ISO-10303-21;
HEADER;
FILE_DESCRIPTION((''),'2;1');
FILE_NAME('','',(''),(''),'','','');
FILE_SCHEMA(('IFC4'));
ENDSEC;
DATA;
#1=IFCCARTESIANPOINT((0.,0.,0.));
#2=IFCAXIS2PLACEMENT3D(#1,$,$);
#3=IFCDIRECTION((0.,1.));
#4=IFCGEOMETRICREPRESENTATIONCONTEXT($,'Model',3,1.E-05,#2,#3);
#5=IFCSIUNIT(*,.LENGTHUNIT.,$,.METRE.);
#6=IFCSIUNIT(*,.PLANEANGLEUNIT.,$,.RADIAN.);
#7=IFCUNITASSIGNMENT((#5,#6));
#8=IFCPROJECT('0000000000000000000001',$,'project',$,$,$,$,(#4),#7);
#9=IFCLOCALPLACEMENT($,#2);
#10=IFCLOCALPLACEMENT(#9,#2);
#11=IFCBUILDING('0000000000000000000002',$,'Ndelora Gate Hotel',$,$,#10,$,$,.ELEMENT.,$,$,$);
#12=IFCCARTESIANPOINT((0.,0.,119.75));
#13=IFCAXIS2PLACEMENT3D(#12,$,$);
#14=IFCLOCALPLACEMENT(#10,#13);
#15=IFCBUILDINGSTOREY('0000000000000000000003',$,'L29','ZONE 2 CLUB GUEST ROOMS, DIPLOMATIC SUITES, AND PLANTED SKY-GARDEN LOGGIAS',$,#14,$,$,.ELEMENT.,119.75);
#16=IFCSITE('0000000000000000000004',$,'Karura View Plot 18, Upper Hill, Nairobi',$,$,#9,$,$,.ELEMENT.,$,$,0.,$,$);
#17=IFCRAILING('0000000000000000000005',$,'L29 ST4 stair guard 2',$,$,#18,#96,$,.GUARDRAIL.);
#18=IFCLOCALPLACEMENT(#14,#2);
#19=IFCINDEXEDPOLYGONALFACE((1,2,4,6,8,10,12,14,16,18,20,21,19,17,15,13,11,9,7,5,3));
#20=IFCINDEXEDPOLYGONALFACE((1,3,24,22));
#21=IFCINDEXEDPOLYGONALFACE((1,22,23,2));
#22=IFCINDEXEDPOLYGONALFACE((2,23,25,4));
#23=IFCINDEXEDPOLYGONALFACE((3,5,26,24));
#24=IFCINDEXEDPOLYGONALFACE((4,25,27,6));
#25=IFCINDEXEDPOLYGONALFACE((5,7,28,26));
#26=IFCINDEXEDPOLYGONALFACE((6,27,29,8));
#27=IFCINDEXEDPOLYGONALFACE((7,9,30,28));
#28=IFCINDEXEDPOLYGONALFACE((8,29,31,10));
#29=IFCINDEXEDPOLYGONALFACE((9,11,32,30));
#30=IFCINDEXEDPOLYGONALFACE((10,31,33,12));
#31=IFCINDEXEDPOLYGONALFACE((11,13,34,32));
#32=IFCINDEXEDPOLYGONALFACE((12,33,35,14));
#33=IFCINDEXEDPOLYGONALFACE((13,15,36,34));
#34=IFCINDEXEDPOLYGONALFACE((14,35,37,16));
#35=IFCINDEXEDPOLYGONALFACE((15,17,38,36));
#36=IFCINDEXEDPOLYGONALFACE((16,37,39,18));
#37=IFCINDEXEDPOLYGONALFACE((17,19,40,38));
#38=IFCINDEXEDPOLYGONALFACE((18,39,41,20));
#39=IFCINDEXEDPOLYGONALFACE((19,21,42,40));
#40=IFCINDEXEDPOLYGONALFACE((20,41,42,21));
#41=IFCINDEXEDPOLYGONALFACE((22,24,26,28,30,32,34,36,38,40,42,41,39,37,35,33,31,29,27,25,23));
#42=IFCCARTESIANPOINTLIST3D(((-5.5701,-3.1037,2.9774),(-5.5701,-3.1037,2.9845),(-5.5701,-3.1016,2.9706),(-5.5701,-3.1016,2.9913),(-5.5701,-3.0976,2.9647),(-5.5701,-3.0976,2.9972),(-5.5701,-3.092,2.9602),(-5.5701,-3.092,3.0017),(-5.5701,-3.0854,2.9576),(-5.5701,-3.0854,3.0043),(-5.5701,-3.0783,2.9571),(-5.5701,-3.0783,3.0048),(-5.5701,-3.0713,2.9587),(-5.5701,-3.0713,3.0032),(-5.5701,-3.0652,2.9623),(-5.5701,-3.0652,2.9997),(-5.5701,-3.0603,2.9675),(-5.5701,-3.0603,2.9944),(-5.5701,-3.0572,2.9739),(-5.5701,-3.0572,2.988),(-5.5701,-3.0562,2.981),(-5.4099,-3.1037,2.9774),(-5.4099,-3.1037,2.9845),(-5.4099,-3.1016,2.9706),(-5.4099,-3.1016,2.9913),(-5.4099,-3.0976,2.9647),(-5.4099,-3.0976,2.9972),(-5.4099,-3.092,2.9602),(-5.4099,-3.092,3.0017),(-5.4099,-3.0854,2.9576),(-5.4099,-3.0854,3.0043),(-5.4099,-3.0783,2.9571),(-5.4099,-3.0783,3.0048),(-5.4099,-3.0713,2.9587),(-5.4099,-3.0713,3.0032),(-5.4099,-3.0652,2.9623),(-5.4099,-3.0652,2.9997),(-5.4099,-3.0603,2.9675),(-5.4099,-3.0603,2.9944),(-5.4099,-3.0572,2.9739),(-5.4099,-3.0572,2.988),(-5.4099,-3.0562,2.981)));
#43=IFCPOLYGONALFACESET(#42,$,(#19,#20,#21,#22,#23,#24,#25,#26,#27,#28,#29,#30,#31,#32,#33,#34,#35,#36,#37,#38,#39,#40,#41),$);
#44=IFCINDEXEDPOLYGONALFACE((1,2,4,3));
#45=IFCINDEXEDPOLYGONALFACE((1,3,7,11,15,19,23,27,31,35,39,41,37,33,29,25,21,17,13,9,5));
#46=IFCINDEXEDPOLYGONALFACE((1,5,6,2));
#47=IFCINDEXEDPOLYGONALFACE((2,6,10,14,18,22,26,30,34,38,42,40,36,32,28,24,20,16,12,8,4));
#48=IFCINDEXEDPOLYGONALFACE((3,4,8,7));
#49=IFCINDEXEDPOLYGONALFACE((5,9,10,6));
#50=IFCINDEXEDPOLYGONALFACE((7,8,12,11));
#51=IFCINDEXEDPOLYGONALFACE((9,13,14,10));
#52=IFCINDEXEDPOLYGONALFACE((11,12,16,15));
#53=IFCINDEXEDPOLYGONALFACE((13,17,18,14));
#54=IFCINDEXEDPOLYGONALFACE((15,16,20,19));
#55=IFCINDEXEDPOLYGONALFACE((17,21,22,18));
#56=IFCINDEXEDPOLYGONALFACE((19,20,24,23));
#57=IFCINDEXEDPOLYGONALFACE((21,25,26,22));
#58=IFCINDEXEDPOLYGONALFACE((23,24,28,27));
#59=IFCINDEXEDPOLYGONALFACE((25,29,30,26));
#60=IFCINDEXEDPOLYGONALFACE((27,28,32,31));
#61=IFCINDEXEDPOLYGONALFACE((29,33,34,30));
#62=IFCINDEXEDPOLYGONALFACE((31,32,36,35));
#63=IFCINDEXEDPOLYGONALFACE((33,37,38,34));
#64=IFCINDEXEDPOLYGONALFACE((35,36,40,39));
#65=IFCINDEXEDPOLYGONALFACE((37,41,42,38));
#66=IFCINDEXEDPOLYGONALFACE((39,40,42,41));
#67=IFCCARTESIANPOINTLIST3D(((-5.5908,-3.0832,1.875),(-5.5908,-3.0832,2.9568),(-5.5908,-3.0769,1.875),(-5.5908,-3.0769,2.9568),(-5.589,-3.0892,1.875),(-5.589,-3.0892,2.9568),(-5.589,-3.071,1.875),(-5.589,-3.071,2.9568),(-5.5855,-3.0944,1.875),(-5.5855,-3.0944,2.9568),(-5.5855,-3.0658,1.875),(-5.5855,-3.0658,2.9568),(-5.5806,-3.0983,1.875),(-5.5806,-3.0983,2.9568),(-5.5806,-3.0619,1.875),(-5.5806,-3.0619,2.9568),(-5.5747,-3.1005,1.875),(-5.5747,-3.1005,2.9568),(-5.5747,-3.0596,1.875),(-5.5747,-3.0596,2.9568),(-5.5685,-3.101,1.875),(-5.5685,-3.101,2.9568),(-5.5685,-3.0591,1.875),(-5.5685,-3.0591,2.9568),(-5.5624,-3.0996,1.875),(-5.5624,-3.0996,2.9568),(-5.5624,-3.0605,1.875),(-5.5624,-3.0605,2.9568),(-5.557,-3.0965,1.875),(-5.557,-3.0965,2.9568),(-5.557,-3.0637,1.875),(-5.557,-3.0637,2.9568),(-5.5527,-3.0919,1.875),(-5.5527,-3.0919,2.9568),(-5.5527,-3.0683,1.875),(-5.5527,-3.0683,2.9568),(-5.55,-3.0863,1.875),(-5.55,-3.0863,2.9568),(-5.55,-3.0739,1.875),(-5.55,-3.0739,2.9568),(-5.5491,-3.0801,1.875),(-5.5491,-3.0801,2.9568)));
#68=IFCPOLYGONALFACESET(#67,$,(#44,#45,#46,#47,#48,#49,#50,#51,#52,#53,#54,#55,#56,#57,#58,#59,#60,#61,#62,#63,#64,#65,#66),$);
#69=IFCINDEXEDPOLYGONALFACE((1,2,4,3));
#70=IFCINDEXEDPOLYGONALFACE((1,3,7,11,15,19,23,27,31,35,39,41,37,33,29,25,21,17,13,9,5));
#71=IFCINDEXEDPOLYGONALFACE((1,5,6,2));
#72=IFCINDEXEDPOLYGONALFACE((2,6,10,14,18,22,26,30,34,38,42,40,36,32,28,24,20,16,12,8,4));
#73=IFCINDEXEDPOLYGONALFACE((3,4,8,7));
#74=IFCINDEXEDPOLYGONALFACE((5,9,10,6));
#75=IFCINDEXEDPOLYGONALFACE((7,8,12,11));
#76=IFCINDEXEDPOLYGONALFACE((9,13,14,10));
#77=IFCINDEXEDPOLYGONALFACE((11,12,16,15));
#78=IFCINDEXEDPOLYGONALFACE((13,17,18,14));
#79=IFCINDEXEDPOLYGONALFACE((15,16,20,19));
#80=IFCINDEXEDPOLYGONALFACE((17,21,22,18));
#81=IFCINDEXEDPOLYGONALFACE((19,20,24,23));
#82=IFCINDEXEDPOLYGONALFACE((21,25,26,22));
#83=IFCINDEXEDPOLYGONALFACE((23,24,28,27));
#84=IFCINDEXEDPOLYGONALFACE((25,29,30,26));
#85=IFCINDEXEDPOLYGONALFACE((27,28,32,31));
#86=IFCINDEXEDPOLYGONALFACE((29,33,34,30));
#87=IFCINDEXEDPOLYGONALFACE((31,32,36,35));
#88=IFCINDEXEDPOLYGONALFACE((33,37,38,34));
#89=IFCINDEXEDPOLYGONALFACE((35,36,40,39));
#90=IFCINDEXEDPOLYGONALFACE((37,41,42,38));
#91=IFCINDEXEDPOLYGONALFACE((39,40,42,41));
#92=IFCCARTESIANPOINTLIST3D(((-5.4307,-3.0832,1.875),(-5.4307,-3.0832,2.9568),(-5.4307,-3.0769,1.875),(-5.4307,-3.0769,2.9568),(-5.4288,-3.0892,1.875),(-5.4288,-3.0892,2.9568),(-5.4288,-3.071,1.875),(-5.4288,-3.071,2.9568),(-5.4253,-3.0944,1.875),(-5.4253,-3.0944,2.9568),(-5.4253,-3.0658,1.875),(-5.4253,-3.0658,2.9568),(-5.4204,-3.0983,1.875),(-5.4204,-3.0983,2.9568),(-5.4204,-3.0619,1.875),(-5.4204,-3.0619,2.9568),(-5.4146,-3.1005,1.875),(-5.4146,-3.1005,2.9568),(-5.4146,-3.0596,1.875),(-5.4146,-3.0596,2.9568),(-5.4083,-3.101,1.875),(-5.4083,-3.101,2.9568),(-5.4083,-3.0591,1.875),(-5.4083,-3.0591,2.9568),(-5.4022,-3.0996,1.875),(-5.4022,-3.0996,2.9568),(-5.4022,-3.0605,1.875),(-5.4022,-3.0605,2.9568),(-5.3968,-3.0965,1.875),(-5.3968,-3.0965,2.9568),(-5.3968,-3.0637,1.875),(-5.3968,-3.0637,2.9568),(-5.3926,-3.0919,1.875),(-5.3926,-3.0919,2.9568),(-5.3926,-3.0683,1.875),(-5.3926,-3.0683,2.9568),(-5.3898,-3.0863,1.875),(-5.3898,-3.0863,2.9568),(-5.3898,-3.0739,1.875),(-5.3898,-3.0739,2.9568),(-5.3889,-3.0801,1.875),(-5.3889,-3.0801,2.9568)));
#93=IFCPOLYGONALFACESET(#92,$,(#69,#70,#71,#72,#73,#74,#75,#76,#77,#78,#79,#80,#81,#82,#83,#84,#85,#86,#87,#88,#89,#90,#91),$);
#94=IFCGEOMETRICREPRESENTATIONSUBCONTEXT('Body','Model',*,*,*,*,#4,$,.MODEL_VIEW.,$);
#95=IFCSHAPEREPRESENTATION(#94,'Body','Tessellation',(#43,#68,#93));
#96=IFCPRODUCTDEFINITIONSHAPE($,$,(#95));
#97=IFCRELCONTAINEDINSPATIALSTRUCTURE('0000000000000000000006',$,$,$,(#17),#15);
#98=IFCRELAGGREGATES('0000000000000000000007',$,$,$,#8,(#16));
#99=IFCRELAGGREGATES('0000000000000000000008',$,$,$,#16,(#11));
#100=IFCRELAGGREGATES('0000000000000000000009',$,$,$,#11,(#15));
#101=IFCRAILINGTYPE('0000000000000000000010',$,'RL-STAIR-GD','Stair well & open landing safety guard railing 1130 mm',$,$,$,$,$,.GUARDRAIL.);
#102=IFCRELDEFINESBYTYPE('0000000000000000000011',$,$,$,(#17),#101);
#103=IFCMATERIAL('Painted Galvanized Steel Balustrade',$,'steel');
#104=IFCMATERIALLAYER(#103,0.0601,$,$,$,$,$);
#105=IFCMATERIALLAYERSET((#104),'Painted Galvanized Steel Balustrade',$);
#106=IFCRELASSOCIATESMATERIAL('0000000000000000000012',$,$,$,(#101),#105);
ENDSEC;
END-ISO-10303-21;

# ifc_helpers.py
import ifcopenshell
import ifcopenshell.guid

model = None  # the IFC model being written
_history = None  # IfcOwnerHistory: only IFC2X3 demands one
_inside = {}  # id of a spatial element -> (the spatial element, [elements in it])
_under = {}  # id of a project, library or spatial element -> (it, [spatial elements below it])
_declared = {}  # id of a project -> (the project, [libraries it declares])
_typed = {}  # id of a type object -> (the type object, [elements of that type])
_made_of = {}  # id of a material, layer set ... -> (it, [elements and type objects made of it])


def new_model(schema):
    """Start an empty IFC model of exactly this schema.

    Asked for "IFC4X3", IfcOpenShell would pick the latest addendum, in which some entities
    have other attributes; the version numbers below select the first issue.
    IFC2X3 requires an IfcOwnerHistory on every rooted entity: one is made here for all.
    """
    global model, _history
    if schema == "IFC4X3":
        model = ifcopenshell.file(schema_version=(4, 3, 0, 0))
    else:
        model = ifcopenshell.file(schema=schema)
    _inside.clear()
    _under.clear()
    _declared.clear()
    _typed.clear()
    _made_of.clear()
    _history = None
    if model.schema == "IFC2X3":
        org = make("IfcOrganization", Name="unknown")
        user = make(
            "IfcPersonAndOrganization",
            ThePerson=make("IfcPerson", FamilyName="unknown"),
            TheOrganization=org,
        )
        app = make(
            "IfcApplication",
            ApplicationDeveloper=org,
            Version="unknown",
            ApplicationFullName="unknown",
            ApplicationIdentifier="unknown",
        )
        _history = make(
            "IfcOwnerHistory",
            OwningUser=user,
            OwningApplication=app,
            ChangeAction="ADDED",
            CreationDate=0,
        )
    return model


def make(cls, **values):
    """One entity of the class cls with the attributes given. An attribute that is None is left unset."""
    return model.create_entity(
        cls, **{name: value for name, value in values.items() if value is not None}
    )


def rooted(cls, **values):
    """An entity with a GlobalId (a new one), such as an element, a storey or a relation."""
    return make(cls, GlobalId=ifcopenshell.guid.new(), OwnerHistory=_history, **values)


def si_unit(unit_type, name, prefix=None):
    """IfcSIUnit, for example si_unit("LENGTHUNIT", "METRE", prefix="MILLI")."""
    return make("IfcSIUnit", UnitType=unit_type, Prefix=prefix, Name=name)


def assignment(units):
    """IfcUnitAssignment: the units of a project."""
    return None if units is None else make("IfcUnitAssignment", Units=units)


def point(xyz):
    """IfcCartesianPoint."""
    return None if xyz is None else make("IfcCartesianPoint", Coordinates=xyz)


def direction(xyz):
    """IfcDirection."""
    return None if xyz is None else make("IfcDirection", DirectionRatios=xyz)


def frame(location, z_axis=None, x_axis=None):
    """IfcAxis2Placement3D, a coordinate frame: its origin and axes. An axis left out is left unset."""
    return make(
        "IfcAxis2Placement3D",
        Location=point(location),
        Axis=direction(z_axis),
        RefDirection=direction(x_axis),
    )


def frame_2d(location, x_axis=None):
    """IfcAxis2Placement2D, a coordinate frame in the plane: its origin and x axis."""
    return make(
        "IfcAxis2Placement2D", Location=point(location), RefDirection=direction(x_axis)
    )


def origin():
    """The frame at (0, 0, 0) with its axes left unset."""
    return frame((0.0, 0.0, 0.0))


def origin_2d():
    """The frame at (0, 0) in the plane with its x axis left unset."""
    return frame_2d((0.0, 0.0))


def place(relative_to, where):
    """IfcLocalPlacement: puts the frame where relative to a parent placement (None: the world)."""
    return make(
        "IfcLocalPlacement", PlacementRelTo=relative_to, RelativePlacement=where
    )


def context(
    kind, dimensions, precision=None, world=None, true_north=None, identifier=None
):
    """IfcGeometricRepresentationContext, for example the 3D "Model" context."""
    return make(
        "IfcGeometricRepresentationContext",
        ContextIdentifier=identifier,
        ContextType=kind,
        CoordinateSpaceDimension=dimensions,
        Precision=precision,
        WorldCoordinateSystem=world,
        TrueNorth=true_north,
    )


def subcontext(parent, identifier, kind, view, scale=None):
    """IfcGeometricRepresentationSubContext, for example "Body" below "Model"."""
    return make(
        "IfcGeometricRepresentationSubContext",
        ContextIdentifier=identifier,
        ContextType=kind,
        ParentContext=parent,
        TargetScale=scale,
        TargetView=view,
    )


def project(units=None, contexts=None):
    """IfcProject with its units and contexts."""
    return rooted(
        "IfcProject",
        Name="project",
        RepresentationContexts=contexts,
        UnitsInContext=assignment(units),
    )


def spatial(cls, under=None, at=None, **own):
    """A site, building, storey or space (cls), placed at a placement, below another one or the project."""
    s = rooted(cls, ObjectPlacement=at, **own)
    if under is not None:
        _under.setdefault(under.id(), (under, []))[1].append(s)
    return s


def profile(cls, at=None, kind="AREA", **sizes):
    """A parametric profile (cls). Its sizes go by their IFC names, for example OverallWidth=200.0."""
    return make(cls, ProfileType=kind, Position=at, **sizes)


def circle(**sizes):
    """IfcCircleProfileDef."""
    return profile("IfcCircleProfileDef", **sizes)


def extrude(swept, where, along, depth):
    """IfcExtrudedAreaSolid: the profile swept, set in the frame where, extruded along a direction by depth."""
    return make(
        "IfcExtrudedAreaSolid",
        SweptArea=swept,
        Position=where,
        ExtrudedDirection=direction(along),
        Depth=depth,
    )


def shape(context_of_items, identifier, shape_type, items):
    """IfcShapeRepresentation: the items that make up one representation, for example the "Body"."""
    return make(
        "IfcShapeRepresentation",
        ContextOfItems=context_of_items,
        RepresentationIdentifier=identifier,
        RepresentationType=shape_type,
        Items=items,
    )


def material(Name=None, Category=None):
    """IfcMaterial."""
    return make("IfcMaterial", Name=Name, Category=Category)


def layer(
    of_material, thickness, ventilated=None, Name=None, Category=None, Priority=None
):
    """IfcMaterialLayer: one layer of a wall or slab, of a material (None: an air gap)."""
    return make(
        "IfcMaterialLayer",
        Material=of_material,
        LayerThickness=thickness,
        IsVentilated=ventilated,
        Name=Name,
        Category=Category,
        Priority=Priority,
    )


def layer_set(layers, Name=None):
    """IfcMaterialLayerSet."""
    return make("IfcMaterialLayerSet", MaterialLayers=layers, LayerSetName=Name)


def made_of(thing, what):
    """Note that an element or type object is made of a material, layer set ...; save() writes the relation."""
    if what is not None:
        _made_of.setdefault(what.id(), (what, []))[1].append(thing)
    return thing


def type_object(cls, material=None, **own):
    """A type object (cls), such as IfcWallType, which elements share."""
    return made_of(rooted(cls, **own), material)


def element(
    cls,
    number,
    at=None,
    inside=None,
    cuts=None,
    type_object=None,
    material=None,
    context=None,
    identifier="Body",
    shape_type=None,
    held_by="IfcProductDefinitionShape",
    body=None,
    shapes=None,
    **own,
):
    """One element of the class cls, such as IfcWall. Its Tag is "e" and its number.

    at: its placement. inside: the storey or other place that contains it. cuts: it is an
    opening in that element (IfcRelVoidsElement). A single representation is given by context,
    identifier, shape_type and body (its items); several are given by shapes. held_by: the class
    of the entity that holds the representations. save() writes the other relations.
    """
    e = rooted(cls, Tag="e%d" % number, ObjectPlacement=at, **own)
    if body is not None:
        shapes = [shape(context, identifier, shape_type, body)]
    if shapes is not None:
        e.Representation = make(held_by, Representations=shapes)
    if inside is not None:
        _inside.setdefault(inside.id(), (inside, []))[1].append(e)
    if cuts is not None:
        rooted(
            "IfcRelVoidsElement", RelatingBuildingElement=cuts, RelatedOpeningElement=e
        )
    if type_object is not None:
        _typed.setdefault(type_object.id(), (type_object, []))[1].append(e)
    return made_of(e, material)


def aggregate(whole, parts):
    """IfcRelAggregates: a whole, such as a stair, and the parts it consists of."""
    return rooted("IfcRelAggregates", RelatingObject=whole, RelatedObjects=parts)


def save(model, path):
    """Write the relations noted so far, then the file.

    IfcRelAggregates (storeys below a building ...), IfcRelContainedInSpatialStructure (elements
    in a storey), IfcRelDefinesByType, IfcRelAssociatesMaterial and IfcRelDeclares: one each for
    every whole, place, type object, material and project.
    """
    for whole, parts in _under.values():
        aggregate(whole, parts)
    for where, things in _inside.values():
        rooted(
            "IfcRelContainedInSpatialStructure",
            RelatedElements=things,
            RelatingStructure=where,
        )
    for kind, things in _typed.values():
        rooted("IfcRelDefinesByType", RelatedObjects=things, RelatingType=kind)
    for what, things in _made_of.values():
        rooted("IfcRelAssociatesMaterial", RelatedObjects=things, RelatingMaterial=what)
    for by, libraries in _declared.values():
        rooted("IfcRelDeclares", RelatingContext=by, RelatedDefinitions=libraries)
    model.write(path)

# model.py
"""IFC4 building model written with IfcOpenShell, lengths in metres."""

from ifc_helpers import new_model, si_unit, direction, frame, origin, origin_2d, place, context, subcontext, project, spatial, circle, extrude, material, layer, layer_set, type_object, element, save


model = new_model("IFC4")

# Units and contexts
model_context = context("Model", 3, precision=1e-05, world=origin(), true_north=direction((0.0, 1.0)))
body_context = subcontext(model_context, "Body", "Model", "MODEL_VIEW")
ifc_project = project(units=[si_unit("LENGTHUNIT", "METRE"), si_unit("PLANEANGLEUNIT", "RADIAN")], contexts=[model_context])

# Site, building, storey
site_placement = place(None, origin())
site = spatial("IfcSite", under=ifc_project, at=site_placement, Name="Karura View Plot 18, Upper Hill, Nairobi", CompositionType="ELEMENT", RefElevation=0.0)
building_placement = place(site_placement, origin())
building = spatial("IfcBuilding", under=site, at=building_placement, Name="Ndelora Gate Hotel", CompositionType="ELEMENT")
storey_placement = place(building_placement, frame((0.0, 0.0, 119.75)))
storey = spatial("IfcBuildingStorey", under=building, at=storey_placement, Name="L29", Description="ZONE 2 CLUB GUEST ROOMS, DIPLOMATIC SUITES, AND PLANTED SKY-GARDEN LOGGIAS", CompositionType="ELEMENT", Elevation=119.75)

# Railing
ifc_material_1 = material(Name="Painted Galvanized Steel Balustrade", Category="steel")
ifc_layer_1 = layer(ifc_material_1, 0.0601)
ifc_layer_set_1 = layer_set([ifc_layer_1], Name="Painted Galvanized Steel Balustrade")
railing_type_1 = type_object("IfcRailingType", Name="RL-STAIR-GD", Description="Stair well & open landing safety guard railing 1130 mm", PredefinedType="GUARDRAIL", material=ifc_layer_set_1)
railing_1_placement = place(storey_placement, frame((-5.5701, -3.0801, 1.875)))
element("IfcRailing", 1, at=railing_1_placement, inside=storey, type_object=railing_type_1, Name="L29 ST4 stair guard 2", PredefinedType="GUARDRAIL", context=body_context, shape_type="SweptSolid", body=[
    extrude(circle(Radius=0.0239, at=origin_2d()), frame((0.0, 0.0, 1.106), z_axis=(1.0, 0.0, 0.0), x_axis=(0.0, 1.0, 0.0)), (0.0, 0.0, 1.0), 0.1602),
    extrude(circle(Radius=0.021, at=origin_2d()), origin(), (0.0, 0.0, 1.0), 1.0818),
    extrude(circle(Radius=0.021, at=origin_2d()), frame((0.1602, 0.0, 0.0)), (0.0, 0.0, 1.0), 1.0818),
])

save(model, "model.ifc")
